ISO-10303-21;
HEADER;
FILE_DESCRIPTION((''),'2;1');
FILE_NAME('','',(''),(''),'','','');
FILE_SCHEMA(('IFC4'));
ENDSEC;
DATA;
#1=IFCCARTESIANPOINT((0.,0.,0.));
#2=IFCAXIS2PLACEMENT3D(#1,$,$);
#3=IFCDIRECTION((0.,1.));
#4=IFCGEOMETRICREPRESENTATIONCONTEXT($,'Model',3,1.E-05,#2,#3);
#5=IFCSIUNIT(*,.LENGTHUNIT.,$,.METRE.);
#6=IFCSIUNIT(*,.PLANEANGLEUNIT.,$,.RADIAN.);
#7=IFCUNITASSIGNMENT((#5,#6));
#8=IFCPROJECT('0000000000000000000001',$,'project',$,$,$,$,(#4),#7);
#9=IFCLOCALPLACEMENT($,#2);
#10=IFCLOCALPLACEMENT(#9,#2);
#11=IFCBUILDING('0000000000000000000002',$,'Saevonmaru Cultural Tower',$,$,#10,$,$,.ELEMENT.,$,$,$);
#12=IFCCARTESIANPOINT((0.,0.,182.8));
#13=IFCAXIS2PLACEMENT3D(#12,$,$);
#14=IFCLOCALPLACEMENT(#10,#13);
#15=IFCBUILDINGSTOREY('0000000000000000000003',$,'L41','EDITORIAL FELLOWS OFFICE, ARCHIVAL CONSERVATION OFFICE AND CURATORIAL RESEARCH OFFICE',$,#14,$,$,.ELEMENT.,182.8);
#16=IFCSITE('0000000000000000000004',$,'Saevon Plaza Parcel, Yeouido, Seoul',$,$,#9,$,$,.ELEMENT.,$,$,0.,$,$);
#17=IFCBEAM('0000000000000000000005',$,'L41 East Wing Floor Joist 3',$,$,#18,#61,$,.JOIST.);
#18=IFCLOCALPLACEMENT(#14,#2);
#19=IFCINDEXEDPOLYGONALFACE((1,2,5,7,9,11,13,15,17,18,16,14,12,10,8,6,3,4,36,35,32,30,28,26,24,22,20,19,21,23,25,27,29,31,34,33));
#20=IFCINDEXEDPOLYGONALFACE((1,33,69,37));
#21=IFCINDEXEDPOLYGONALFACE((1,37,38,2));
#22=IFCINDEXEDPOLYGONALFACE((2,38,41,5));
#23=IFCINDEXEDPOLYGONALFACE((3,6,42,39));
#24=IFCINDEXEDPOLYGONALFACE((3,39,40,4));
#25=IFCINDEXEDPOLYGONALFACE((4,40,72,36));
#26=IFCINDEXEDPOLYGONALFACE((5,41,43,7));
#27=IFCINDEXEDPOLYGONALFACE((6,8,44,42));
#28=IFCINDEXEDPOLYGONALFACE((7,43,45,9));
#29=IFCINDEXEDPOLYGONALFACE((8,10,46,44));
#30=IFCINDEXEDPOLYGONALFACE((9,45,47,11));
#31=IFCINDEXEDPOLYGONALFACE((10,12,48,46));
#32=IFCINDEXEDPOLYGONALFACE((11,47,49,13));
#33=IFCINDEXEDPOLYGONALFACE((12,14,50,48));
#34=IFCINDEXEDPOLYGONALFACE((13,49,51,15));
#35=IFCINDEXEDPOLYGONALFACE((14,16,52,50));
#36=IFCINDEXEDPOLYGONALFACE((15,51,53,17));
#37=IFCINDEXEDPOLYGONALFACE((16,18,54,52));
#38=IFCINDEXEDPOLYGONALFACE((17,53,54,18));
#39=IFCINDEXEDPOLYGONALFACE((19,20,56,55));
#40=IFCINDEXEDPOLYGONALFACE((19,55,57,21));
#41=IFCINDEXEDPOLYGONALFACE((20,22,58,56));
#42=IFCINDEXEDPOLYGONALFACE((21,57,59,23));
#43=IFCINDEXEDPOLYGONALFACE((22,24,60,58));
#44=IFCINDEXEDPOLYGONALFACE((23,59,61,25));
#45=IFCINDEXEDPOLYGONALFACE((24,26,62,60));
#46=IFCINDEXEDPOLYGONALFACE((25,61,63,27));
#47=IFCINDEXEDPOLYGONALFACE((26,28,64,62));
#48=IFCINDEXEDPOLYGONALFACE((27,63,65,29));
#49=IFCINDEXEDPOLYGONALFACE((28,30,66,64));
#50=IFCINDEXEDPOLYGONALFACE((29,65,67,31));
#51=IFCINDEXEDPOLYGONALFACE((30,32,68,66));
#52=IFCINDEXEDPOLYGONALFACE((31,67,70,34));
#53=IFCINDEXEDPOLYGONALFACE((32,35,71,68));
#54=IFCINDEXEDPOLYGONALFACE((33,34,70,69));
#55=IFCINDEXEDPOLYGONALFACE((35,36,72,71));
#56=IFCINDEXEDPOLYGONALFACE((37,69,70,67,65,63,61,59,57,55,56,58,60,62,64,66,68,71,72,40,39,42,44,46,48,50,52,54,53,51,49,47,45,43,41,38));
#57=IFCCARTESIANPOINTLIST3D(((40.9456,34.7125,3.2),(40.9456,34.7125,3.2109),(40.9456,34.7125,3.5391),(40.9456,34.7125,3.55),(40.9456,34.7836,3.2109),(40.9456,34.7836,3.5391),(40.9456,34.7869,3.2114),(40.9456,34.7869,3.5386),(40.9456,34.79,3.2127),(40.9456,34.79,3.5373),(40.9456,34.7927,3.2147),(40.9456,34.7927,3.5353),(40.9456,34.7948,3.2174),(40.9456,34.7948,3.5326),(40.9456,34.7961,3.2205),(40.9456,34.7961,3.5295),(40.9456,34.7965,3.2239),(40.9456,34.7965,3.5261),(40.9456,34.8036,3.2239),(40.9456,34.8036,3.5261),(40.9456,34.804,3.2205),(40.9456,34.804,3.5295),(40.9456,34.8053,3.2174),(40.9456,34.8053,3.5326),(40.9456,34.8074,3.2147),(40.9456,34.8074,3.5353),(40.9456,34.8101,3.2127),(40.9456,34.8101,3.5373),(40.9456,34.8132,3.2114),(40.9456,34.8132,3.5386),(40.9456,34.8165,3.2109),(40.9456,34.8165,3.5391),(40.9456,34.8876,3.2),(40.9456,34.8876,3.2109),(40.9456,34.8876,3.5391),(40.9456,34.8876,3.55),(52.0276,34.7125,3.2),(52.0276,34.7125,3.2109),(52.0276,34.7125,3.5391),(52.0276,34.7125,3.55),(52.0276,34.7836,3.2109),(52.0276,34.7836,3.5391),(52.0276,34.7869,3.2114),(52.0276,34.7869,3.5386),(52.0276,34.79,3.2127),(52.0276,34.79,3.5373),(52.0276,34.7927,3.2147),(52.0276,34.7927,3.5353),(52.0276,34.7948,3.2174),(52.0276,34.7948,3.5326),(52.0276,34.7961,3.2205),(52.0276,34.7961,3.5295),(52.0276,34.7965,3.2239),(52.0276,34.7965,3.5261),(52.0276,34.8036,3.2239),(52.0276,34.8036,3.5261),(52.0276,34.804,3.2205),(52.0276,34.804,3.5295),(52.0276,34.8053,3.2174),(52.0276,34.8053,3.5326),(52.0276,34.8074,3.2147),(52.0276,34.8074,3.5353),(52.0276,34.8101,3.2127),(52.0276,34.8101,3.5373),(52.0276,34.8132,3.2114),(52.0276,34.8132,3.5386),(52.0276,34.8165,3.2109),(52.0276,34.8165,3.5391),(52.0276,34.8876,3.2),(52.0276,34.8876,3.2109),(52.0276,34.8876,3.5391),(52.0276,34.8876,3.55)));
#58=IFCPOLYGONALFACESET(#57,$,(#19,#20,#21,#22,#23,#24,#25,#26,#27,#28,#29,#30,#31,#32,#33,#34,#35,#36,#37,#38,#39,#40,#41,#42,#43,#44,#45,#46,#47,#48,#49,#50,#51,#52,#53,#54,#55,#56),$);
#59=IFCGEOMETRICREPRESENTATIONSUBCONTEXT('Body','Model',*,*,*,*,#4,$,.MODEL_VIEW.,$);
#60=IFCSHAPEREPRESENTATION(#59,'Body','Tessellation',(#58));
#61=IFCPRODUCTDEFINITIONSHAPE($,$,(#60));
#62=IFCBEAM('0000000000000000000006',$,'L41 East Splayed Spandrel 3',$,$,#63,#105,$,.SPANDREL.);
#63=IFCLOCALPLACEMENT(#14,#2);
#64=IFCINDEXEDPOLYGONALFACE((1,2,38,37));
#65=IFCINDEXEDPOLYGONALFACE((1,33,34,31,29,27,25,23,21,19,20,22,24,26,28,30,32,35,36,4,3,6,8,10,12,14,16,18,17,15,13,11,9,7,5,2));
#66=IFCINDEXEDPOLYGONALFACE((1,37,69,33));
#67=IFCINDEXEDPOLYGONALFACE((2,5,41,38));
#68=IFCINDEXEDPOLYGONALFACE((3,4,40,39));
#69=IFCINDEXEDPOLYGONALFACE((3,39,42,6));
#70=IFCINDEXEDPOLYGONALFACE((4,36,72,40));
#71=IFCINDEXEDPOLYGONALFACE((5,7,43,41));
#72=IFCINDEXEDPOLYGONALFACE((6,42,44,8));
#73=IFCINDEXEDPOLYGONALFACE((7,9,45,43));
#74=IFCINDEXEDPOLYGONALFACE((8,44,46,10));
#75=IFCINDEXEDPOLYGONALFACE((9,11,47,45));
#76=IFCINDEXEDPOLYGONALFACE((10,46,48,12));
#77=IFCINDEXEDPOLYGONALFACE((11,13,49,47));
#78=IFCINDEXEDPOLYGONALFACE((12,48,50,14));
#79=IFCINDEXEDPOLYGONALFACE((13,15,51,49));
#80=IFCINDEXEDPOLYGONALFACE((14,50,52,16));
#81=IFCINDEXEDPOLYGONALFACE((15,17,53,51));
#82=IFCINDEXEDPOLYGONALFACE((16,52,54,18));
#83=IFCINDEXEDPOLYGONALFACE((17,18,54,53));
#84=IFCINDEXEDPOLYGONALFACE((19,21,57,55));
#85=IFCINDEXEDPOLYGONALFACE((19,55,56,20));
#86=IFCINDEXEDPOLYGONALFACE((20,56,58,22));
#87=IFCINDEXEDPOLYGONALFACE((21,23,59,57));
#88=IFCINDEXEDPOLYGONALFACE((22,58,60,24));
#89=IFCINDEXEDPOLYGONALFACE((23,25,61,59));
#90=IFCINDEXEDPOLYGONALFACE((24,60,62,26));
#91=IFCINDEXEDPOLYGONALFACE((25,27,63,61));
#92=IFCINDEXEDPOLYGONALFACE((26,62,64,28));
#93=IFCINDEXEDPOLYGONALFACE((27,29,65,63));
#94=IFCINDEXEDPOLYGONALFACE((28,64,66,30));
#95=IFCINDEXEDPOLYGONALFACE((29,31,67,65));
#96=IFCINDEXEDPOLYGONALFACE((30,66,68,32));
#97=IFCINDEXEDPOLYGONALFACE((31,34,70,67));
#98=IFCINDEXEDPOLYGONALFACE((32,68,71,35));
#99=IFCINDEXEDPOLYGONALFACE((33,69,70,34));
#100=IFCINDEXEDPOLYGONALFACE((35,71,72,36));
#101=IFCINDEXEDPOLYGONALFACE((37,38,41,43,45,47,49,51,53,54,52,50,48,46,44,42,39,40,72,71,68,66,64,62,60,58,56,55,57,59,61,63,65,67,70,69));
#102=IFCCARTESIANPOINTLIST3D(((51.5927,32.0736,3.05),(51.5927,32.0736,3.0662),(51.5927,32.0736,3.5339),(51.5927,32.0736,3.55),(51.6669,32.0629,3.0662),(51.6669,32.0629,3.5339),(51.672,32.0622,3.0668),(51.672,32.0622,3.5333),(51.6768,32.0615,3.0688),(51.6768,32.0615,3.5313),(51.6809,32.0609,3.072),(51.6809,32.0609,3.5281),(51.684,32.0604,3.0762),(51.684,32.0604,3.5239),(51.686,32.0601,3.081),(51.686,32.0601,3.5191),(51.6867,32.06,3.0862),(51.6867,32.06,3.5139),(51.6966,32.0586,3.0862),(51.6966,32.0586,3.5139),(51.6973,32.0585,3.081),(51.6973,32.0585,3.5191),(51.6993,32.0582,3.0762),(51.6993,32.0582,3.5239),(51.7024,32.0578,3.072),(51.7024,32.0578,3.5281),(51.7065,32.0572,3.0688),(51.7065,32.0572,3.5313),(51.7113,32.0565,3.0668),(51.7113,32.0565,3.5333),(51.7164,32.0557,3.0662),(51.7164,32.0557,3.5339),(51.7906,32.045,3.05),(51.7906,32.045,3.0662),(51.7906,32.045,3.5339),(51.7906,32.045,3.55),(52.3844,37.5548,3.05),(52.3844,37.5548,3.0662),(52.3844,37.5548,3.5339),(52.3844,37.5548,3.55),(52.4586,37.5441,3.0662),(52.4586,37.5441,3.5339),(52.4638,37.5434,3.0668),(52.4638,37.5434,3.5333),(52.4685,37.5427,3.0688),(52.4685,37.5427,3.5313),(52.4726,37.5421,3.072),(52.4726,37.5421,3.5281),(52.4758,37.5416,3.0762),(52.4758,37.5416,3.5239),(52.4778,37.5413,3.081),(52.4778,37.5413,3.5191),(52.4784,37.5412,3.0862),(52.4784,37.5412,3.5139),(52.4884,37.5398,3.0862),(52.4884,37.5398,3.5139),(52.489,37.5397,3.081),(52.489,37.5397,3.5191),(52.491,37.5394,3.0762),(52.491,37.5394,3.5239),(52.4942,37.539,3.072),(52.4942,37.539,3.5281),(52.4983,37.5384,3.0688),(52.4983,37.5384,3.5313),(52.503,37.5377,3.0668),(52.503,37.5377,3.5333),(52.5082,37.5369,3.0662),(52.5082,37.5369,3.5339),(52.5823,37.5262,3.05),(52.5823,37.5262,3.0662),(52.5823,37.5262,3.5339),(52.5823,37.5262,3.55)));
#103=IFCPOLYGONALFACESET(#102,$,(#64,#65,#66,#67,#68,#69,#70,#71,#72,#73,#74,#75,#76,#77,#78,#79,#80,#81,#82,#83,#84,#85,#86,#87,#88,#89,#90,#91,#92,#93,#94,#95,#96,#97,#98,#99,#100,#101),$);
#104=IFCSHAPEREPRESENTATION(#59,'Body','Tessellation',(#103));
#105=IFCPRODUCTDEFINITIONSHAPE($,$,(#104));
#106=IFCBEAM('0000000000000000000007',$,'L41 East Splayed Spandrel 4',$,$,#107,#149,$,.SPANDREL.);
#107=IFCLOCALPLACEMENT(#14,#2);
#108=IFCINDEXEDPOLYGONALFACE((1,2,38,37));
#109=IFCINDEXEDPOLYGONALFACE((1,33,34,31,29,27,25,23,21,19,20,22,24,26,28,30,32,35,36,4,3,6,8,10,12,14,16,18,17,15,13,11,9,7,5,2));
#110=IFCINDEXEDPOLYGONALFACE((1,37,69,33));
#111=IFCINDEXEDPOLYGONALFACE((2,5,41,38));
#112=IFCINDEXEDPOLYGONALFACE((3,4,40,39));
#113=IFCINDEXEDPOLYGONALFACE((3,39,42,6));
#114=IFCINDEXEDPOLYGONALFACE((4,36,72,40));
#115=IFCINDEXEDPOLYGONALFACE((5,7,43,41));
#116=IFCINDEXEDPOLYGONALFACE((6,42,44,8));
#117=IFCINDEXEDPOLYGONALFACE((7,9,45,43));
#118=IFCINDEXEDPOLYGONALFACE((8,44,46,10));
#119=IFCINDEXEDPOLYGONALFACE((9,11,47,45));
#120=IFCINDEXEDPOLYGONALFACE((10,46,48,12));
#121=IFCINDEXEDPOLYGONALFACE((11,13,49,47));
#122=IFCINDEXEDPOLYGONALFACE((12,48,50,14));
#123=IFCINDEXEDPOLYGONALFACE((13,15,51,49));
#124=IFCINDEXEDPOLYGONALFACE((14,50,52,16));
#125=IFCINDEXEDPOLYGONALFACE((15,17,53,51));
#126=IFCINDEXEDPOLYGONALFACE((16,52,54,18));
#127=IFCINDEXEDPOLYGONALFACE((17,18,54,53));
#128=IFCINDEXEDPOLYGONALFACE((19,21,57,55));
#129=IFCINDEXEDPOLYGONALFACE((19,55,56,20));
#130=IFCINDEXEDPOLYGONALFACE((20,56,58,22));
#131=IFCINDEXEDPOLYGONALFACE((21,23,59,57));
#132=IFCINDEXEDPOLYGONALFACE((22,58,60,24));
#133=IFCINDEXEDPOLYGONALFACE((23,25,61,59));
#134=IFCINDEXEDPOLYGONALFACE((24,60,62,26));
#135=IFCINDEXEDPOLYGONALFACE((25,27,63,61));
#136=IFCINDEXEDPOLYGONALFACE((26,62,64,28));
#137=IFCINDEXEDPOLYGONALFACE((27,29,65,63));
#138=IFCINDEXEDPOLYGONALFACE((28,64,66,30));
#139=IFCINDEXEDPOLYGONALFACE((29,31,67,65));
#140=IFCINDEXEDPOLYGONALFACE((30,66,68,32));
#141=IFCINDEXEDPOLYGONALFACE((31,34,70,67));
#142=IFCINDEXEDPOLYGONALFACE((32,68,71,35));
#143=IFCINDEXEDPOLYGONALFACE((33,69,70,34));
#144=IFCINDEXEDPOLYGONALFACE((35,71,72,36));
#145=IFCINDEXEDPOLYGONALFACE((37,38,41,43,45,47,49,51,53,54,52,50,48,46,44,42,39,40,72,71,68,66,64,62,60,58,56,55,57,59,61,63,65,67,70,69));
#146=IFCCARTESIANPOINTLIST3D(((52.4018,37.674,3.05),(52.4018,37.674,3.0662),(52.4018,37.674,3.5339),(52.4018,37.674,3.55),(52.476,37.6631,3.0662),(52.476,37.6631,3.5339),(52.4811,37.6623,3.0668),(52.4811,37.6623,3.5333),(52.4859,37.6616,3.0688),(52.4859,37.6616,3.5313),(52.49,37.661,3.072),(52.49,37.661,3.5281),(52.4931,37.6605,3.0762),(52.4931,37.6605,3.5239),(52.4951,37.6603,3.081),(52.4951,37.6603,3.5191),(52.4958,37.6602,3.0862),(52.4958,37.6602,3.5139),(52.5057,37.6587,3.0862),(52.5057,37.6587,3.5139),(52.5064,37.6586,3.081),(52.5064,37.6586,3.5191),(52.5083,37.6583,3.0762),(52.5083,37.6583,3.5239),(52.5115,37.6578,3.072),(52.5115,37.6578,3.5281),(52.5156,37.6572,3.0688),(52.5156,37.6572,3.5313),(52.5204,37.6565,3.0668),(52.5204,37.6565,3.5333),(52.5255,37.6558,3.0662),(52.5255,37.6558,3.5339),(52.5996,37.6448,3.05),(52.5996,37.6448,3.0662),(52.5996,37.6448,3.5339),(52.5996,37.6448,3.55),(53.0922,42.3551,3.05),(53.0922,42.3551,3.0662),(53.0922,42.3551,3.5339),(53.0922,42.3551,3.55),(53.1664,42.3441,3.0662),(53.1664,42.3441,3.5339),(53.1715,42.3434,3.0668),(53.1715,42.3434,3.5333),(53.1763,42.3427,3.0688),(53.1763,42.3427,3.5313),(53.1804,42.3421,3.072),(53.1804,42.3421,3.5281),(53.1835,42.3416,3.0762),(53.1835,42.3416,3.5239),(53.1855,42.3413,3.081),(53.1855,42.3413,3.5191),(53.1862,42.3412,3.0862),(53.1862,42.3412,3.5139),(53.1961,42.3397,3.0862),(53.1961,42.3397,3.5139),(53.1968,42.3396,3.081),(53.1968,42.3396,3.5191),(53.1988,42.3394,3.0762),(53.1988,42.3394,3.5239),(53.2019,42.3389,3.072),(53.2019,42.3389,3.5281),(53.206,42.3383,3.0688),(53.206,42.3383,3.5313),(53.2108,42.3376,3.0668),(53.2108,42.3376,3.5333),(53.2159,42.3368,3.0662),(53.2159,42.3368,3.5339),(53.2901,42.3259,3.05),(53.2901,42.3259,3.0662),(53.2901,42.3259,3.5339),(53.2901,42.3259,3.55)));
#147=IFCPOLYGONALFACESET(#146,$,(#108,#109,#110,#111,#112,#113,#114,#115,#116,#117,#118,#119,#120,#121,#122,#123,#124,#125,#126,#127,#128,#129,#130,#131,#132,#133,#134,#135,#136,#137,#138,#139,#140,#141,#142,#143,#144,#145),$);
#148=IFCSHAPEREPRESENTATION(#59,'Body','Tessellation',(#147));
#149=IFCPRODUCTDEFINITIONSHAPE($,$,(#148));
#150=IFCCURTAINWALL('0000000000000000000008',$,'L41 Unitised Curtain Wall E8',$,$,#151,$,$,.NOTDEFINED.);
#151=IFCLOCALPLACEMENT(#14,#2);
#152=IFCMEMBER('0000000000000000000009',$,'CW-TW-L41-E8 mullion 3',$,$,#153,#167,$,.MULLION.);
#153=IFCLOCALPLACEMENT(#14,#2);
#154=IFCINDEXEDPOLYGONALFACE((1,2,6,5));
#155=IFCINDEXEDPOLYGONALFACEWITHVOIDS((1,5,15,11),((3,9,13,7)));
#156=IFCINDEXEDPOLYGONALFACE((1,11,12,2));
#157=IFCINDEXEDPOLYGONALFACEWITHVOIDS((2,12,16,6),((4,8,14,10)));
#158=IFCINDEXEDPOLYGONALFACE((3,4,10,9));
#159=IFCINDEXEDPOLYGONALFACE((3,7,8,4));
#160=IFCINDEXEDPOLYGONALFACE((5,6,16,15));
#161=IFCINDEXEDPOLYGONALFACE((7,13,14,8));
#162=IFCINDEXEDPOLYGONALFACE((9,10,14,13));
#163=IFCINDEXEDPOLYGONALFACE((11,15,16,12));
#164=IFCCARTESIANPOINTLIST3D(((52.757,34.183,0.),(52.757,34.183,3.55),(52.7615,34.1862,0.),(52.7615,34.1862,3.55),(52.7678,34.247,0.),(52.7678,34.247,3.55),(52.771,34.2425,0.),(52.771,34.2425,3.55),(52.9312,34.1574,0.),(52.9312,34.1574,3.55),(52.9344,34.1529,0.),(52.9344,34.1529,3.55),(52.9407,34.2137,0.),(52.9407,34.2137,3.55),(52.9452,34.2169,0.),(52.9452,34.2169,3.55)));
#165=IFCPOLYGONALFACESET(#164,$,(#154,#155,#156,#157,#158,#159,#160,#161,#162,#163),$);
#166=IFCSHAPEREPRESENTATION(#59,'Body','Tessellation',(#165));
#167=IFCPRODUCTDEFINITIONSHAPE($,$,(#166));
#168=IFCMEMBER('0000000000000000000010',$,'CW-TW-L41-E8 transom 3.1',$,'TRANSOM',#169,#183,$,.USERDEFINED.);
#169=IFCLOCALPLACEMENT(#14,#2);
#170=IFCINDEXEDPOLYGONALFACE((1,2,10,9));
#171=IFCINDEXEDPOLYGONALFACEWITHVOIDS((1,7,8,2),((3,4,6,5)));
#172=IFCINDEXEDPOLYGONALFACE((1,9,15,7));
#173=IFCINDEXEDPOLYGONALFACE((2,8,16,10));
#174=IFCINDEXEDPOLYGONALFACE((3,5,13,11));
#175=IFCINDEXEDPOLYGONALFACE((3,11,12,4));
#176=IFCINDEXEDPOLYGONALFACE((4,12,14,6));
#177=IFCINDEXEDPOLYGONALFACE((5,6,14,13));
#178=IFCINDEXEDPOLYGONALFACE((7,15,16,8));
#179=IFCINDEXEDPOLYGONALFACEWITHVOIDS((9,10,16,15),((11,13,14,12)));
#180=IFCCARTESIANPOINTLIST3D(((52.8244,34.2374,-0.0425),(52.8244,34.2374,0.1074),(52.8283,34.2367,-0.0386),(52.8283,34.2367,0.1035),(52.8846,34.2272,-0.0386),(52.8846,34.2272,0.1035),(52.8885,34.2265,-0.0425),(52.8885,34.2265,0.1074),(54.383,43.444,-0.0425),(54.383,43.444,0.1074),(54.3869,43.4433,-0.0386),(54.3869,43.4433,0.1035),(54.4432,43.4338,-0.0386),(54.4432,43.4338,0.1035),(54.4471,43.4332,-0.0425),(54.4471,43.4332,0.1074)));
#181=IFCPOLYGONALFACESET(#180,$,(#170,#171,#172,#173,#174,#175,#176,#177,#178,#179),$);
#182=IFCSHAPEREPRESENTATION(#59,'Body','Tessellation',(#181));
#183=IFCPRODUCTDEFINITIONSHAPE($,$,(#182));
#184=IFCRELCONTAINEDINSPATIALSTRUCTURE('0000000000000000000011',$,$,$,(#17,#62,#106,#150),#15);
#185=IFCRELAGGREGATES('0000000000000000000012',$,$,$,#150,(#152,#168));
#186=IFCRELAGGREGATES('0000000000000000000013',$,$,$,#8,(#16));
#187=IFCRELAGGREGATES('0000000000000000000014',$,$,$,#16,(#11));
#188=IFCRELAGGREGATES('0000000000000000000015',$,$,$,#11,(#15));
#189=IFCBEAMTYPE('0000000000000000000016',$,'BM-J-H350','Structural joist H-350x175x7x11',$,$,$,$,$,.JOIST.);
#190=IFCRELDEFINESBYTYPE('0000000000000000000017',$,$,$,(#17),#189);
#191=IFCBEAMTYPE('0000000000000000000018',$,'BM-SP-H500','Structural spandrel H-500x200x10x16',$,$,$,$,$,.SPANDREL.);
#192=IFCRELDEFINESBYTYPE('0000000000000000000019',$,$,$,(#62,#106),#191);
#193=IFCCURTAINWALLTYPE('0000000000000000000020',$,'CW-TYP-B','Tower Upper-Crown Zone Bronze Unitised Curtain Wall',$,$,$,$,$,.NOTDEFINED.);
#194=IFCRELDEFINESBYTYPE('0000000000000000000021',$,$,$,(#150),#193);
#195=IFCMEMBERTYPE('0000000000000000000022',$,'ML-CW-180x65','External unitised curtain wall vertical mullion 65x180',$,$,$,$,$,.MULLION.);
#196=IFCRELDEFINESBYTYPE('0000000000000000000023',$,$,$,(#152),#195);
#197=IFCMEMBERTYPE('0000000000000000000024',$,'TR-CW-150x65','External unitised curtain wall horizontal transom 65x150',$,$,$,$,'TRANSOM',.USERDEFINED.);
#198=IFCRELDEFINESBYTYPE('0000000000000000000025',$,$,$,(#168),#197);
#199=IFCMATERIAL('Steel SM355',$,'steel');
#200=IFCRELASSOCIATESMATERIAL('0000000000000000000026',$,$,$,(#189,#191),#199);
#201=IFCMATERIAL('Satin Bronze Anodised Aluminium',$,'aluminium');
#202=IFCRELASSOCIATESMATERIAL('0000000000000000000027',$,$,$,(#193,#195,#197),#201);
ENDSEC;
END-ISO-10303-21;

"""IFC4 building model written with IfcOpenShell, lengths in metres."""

from ifc_helpers import new_model, si_unit, direction, frame, origin, origin_2d, place, context, subcontext, project, spatial, hollow_rectangle, i_section, extrude, material, material_profile, profile_set, type_object, element, aggregate, save


model = new_model("IFC4")

# Units and contexts
model_context = context("Model", 3, precision=1e-05, world=origin(), true_north=direction((0.0, 1.0)))
body_context = subcontext(model_context, "Body", "Model", "MODEL_VIEW")
ifc_project = project(units=[si_unit("LENGTHUNIT", "METRE"), si_unit("PLANEANGLEUNIT", "RADIAN")], contexts=[model_context])

# Site, building, storey
site_placement = place(None, origin())
site = spatial("IfcSite", under=ifc_project, at=site_placement, Name="Saevon Plaza Parcel, Yeouido, Seoul", CompositionType="ELEMENT", RefElevation=0.0)
building_placement = place(site_placement, origin())
building = spatial("IfcBuilding", under=site, at=building_placement, Name="Saevonmaru Cultural Tower", CompositionType="ELEMENT")
storey_placement = place(building_placement, frame((0.0, 0.0, 182.8)))
storey = spatial("IfcBuildingStorey", under=building, at=storey_placement, Name="L41", Description="EDITORIAL FELLOWS OFFICE, ARCHIVAL CONSERVATION OFFICE AND CURATORIAL RESEARCH OFFICE", CompositionType="ELEMENT", Elevation=182.8)

# Shared definitions
ifc_material_1 = material(Name="Steel SM355", Category="steel")

# Beams
ifc_material_profile_1 = material_profile(ifc_material_1, i_section(OverallWidth=0.175, OverallDepth=0.3501, WebThickness=0.0071, FlangeThickness=0.011, FilletRadius=0.0129, at=origin_2d()), Name="H-350x175x7x11")
ifc_profile_set_1 = profile_set([ifc_material_profile_1], Name="Steel SM355")
beam_type_1 = type_object("IfcBeamType", Name="BM-J-H350", Description="Structural joist H-350x175x7x11", PredefinedType="JOIST", material=ifc_profile_set_1)
beam_1_placement = place(storey_placement, frame((40.9456, 34.8, 3.375), z_axis=(1.0, 0.0, 0.0), x_axis=(0.0, 1.0, 0.0)))
element("IfcBeam", 1, at=beam_1_placement, inside=storey, type_object=beam_type_1, Name="L41 East Wing Floor Joist 3", PredefinedType="JOIST", context=body_context, shape_type="SweptSolid", body=[
    extrude(i_section(OverallWidth=0.175, OverallDepth=0.3501, WebThickness=0.0071, FlangeThickness=0.011, FilletRadius=0.0129, at=origin_2d()), origin(), (0.0, 0.0, 1.0), 11.082),
])
ifc_material_profile_2 = material_profile(ifc_material_1, i_section(OverallWidth=0.2, OverallDepth=0.5, WebThickness=0.01, FlangeThickness=0.0161, FilletRadius=0.02, at=origin_2d()), Name="H-500x200x10x16")
ifc_profile_set_2 = profile_set([ifc_material_profile_2], Name="Steel SM355")
beam_type_2 = type_object("IfcBeamType", Name="BM-SP-H500", Description="Structural spandrel H-500x200x10x16", PredefinedType="SPANDREL", material=ifc_profile_set_2)
beam_2_placement = place(storey_placement, frame((51.6917, 32.0593, 3.3), z_axis=(0.142964, 0.989728, 0.0), x_axis=(-0.989728, 0.142964, 0.0)))
element("IfcBeam", 2, at=beam_2_placement, inside=storey, type_object=beam_type_2, Name="L41 East Splayed Spandrel 3", PredefinedType="SPANDREL", context=body_context, shape_type="SweptSolid", body=[
    extrude(i_section(OverallWidth=0.2, OverallDepth=0.5, WebThickness=0.01, FlangeThickness=0.0161, FilletRadius=0.02, at=origin_2d()), origin(), (0.0, 0.0, 1.0), 5.5381),
])
beam_3_placement = place(storey_placement, frame((52.5007, 37.6594, 3.3), z_axis=(0.145913, 0.989297, 0.0), x_axis=(-0.989297, 0.145913, 0.0)))
element("IfcBeam", 3, at=beam_3_placement, inside=storey, type_object=beam_type_2, Name="L41 East Splayed Spandrel 4", PredefinedType="SPANDREL", context=body_context, shape_type="SweptSolid", body=[
    extrude(i_section(OverallWidth=0.2, OverallDepth=0.5, WebThickness=0.01, FlangeThickness=0.0161, FilletRadius=0.02, at=origin_2d()), origin(), (0.0, 0.0, 1.0), 4.7317),
])

# Curtain wall, members
ifc_material_2 = material(Name="Satin Bronze Anodised Aluminium", Category="aluminium")
curtain_wall_type = type_object("IfcCurtainWallType", Name="CW-TYP-B", Description="Tower Upper-Crown Zone Bronze Unitised Curtain Wall", PredefinedType="NOTDEFINED", material=ifc_material_2)
curtain_wall_placement = place(storey_placement, origin())
curtain_wall = element("IfcCurtainWall", 4, at=curtain_wall_placement, inside=storey, type_object=curtain_wall_type, Name="L41 Unitised Curtain Wall E8", PredefinedType="NOTDEFINED")
ifc_material_profile_3 = material_profile(ifc_material_2, hollow_rectangle(XDim=0.0649, YDim=0.1799, WallThickness=0.0039, at=origin_2d()), Name="ALU-MULL-180x65x4")
ifc_profile_set_3 = profile_set([ifc_material_profile_3], Name="Satin Bronze Anodised Aluminium")
member_type_1 = type_object("IfcMemberType", Name="ML-CW-180x65", Description="External unitised curtain wall vertical mullion 65x180", PredefinedType="MULLION", material=ifc_profile_set_3)
member_1_placement = place(storey_placement, frame((52.8511, 34.2, 0.0), z_axis=(0.0, 0.0, 1.0), x_axis=(0.166922, 0.98597, 0.0)))
member_1 = element("IfcMember", 5, at=member_1_placement, type_object=member_type_1, Name="CW-TW-L41-E8 mullion 3", PredefinedType="MULLION", context=body_context, shape_type="SweptSolid", body=[
    extrude(hollow_rectangle(XDim=0.0649, YDim=0.1799, WallThickness=0.0039, at=origin_2d()), origin(), (0.0, 0.0, 1.0), 3.55),
])
ifc_material_profile_4 = material_profile(ifc_material_2, hollow_rectangle(XDim=0.0649, YDim=0.1499, WallThickness=0.0039, at=origin_2d()), Name="ALU-TRAN-150x65x4")
ifc_profile_set_4 = profile_set([ifc_material_profile_4], Name="Satin Bronze Anodised Aluminium")
member_type_2 = type_object("IfcMemberType", Name="TR-CW-150x65", Description="External unitised curtain wall horizontal transom 65x150", ElementType="TRANSOM", PredefinedType="USERDEFINED", material=ifc_profile_set_4)
member_2_placement = place(storey_placement, frame((52.8564, 34.2319, 0.0325), z_axis=(0.166917, 0.985971, 0.0), x_axis=(-0.985971, 0.166917, 0.0)))
member_2 = element("IfcMember", 6, at=member_2_placement, type_object=member_type_2, Name="CW-TW-L41-E8 transom 3.1", ObjectType="TRANSOM", PredefinedType="USERDEFINED", context=body_context, shape_type="SweptSolid", body=[
    extrude(hollow_rectangle(XDim=0.0649, YDim=0.1499, WallThickness=0.0039, at=origin_2d()), origin(), (0.0, 0.0, 1.0), 9.3376),
])
aggregate(curtain_wall, [member_1, member_2])

save(model, "model.ifc")
